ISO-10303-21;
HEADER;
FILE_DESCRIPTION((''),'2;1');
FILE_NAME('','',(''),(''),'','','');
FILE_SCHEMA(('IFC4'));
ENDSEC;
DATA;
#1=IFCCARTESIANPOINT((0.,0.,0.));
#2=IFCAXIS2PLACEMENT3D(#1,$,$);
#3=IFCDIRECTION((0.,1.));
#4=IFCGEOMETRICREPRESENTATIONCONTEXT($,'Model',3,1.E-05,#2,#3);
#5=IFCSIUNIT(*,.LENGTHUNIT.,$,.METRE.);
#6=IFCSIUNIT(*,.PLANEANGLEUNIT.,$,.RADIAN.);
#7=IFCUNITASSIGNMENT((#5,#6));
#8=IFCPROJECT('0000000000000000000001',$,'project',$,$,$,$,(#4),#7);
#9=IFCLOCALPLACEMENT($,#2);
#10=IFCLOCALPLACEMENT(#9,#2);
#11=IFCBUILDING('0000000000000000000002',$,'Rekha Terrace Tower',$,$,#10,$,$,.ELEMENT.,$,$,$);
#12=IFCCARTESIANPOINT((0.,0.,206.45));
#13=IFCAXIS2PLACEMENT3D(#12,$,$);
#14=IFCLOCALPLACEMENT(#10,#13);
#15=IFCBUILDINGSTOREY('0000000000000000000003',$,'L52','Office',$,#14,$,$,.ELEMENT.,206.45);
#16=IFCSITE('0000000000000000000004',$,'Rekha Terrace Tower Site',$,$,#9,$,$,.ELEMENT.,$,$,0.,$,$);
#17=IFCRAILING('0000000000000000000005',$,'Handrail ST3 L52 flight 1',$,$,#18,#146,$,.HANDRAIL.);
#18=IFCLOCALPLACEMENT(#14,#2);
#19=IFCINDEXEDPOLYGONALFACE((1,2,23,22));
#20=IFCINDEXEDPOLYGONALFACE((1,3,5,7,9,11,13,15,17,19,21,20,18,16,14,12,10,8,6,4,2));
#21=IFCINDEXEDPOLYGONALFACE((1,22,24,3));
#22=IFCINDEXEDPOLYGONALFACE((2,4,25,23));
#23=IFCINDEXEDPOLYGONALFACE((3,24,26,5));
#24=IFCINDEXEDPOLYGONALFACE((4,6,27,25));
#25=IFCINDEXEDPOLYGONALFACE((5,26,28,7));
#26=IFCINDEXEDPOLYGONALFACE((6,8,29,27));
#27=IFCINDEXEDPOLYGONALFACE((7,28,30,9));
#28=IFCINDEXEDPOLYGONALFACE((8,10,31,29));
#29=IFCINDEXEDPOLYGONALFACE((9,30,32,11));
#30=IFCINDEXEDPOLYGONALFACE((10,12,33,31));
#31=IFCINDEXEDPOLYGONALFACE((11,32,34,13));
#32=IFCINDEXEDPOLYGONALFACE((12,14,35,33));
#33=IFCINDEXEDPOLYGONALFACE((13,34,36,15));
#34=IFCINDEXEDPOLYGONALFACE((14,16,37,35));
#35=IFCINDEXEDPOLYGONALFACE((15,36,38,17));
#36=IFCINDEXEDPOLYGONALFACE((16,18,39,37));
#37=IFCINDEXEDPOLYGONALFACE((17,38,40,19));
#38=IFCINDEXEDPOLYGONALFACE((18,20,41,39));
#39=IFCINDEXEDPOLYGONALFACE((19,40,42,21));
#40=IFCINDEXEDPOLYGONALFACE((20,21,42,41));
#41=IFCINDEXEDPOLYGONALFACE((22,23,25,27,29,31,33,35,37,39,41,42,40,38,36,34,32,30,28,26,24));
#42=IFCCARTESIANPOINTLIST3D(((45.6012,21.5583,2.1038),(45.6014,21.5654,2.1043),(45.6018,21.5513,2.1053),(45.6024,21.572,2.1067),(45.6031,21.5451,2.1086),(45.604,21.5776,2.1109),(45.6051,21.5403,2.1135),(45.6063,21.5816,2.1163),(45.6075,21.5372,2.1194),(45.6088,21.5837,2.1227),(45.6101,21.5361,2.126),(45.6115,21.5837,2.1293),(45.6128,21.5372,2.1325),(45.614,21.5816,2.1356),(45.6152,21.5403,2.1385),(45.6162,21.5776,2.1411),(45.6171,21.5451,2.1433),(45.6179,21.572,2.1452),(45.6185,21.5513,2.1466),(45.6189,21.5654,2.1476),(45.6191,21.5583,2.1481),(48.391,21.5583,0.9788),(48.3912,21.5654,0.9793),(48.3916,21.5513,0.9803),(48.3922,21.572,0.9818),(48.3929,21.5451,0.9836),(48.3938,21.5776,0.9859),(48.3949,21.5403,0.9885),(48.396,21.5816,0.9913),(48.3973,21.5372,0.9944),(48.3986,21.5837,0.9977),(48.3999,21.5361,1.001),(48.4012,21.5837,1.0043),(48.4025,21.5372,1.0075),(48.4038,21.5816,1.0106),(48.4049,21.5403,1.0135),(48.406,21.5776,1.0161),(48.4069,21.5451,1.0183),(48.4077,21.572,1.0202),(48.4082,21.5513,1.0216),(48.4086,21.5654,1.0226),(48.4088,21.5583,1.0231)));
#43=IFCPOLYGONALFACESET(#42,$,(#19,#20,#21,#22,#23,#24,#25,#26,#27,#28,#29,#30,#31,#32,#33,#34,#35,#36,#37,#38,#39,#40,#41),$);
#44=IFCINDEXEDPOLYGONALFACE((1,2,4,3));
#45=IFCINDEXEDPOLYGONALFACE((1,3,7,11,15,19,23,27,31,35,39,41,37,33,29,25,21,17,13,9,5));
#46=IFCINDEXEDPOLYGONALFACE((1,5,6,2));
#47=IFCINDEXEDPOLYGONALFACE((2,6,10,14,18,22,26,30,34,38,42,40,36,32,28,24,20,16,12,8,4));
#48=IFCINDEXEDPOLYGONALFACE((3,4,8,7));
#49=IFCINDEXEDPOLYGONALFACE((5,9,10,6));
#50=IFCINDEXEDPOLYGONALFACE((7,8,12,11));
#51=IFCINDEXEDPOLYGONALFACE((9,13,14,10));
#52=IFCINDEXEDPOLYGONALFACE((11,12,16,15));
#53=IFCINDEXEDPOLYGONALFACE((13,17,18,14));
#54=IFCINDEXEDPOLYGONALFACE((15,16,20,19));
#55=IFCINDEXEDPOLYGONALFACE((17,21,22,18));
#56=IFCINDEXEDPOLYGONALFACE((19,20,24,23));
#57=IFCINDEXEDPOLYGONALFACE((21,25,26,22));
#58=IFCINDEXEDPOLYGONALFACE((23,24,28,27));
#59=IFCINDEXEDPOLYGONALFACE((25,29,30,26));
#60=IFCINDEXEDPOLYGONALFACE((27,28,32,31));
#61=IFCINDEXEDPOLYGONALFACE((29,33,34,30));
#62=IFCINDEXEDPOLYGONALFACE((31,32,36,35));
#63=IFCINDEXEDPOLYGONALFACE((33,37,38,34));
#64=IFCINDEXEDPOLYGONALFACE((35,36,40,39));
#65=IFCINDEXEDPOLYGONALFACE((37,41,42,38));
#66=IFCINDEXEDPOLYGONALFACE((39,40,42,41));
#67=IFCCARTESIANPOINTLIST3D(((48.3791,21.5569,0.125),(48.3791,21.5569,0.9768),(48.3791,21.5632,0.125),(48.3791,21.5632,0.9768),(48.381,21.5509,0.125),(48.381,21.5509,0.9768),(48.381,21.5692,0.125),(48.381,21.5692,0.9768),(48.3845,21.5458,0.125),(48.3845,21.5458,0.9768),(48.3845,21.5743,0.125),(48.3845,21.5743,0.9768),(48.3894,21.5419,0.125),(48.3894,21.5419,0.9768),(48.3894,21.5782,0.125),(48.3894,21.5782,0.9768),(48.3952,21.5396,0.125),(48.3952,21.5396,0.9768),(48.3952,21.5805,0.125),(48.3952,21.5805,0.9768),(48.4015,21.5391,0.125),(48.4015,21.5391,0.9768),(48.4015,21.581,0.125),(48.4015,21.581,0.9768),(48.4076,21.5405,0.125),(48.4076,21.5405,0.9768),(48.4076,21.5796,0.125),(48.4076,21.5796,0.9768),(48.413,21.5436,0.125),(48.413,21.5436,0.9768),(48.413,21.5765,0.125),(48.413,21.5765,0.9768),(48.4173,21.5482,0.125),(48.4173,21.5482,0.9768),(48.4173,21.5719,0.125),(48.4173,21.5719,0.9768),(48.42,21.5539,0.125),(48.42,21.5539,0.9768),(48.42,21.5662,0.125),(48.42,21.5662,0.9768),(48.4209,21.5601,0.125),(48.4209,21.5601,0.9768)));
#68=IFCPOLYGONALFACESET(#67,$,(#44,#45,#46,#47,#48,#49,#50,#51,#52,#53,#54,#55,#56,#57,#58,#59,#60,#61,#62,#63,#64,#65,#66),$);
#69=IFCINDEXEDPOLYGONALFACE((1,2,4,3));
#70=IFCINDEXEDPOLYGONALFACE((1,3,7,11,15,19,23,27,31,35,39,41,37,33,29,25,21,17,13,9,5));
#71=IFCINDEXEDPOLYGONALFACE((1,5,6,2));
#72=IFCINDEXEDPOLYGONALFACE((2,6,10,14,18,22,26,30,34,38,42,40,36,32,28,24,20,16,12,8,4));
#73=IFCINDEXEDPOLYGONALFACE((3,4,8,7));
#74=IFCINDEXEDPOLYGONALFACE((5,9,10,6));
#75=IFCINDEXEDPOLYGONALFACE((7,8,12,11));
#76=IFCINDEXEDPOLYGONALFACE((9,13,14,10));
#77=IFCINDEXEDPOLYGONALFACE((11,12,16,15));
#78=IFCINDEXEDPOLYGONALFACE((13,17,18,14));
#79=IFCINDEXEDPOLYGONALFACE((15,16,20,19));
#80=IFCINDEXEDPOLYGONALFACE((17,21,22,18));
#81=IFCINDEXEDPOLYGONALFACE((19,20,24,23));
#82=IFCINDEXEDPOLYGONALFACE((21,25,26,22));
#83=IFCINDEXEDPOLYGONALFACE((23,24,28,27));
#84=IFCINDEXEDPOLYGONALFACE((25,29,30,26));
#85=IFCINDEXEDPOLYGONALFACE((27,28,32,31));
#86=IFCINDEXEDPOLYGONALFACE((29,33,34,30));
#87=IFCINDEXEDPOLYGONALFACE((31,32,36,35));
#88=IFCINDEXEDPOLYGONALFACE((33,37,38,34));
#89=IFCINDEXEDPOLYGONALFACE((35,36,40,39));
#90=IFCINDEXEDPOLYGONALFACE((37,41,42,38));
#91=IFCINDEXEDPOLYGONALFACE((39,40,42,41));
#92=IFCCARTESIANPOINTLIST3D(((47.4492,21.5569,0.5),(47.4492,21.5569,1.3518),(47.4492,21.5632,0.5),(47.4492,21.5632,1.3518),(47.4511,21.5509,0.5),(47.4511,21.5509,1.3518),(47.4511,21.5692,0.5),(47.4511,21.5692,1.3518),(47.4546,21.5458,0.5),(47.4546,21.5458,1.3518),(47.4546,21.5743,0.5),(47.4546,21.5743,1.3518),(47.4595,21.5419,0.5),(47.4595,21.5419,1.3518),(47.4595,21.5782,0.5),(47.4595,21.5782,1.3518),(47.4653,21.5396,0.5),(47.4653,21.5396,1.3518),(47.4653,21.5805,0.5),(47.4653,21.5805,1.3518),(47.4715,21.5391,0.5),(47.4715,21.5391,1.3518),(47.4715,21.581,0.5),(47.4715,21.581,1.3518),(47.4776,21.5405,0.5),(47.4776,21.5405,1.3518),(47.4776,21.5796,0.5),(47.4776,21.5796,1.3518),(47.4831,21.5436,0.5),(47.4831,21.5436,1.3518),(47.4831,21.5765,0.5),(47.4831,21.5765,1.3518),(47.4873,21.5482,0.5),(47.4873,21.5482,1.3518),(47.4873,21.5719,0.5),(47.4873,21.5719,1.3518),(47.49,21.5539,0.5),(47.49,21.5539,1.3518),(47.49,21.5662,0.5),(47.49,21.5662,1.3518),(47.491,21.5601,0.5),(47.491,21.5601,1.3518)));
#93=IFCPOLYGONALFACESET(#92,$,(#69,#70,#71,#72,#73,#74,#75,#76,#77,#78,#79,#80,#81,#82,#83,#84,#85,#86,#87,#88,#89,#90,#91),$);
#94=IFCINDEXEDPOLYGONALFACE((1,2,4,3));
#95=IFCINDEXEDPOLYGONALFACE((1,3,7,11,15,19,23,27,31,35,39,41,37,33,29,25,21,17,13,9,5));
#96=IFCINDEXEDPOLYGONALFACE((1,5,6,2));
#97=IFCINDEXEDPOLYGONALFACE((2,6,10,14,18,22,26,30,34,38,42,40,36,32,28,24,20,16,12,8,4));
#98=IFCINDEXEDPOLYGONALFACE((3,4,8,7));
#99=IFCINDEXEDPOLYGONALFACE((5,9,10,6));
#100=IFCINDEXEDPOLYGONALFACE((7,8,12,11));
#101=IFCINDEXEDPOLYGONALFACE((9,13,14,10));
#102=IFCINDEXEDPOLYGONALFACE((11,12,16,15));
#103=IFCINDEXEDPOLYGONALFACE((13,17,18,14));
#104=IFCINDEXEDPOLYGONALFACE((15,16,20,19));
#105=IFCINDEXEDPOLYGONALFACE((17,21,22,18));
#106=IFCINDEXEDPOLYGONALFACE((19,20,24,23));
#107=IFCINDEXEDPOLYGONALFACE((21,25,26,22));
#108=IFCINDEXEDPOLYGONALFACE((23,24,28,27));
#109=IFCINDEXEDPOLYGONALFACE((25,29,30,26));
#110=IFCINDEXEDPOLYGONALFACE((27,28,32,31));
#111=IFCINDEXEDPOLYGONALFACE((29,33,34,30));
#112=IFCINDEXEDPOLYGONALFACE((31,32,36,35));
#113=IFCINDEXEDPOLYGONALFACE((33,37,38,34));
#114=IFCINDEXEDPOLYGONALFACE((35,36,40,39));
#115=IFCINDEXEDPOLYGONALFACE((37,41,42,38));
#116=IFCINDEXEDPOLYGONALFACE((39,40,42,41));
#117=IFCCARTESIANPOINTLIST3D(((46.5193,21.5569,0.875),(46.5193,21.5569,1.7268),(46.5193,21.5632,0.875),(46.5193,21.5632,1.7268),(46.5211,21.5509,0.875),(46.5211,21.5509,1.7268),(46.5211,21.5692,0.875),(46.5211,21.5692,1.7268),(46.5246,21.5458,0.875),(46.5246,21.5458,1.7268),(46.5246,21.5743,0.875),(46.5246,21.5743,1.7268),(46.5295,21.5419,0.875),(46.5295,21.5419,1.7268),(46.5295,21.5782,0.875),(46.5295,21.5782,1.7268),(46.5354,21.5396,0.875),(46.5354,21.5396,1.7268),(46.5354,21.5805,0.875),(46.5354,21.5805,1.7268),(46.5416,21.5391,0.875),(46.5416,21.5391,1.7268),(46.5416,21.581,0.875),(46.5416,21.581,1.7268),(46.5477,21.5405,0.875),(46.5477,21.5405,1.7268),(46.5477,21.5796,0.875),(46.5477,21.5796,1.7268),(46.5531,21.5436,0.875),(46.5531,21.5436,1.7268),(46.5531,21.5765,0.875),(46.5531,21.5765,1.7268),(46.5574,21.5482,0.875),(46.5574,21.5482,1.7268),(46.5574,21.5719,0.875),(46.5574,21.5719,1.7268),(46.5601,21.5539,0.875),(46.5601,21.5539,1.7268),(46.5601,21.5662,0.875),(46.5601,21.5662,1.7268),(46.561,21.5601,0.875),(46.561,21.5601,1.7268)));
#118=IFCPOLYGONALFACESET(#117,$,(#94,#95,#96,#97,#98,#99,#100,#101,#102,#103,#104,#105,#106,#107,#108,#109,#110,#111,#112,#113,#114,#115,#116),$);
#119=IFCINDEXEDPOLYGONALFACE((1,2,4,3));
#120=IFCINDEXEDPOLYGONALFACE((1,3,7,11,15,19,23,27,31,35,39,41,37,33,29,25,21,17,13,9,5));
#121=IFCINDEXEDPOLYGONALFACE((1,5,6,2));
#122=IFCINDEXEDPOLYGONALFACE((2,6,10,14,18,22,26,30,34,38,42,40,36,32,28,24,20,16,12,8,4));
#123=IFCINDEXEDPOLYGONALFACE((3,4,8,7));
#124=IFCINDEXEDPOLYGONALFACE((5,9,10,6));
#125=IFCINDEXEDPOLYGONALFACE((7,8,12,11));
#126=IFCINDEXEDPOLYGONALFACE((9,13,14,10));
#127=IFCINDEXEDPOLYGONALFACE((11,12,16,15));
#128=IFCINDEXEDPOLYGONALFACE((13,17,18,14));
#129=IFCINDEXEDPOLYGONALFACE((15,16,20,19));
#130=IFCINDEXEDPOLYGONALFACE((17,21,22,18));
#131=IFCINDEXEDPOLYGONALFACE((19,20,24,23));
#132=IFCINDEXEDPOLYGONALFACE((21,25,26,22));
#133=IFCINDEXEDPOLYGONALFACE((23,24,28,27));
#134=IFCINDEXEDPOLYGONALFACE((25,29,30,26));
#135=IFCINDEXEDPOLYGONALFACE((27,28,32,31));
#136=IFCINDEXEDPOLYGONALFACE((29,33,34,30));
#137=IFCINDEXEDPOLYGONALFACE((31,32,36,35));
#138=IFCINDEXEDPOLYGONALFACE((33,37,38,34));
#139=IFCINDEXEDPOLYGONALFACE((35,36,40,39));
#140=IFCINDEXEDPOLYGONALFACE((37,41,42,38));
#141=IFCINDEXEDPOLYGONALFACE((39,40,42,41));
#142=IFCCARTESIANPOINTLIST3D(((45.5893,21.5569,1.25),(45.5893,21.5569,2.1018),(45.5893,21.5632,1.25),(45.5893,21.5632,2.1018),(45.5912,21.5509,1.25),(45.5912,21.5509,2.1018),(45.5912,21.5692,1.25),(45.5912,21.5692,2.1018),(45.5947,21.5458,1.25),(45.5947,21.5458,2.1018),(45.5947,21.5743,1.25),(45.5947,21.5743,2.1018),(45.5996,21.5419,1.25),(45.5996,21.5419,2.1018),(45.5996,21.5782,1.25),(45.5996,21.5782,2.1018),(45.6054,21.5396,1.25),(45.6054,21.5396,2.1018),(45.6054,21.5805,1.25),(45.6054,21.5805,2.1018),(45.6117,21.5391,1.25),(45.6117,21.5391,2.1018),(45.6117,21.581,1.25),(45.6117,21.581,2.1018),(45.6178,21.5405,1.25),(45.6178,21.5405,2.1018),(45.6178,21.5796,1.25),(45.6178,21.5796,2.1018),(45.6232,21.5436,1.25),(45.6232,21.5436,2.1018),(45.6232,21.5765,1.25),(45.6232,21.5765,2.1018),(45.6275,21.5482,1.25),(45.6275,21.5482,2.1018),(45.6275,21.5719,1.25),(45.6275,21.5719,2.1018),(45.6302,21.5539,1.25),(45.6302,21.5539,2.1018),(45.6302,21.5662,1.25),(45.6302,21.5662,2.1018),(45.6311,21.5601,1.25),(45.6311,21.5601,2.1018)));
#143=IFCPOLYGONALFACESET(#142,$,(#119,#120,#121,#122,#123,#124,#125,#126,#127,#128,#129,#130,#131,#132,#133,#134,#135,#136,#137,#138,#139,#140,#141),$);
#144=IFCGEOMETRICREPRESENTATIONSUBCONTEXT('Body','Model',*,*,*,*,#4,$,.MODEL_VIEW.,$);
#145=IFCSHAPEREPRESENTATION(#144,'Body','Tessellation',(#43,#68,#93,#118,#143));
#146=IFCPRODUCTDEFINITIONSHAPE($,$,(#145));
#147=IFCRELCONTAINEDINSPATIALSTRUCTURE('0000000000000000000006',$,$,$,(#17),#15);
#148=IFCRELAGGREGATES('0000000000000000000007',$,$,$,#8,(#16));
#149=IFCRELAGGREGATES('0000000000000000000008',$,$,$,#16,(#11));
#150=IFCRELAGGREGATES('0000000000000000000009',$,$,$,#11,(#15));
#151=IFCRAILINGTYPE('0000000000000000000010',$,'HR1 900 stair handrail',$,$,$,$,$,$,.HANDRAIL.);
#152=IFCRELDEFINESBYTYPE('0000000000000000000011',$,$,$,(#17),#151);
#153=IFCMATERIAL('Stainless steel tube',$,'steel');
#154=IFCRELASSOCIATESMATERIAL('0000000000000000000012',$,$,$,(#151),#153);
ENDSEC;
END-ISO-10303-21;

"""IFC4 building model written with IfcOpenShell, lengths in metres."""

from ifc_helpers import new_model, si_unit, direction, frame, origin, origin_2d, place, context, subcontext, project, spatial, circle, extrude, material, type_object, element, save


model = new_model("IFC4")

# Units and contexts
model_context = context("Model", 3, precision=1e-05, world=origin(), true_north=direction((0.0, 1.0)))
body_context = subcontext(model_context, "Body", "Model", "MODEL_VIEW")
ifc_project = project(units=[si_unit("LENGTHUNIT", "METRE"), si_unit("PLANEANGLEUNIT", "RADIAN")], contexts=[model_context])

# Site, building, storey
site_placement = place(None, origin())
site = spatial("IfcSite", under=ifc_project, at=site_placement, Name="Rekha Terrace Tower Site", CompositionType="ELEMENT", RefElevation=0.0)
building_placement = place(site_placement, origin())
building = spatial("IfcBuilding", under=site, at=building_placement, Name="Rekha Terrace Tower", CompositionType="ELEMENT")
storey_placement = place(building_placement, frame((0.0, 0.0, 206.45)))
storey = spatial("IfcBuildingStorey", under=building, at=storey_placement, Name="L52", Description="Office", CompositionType="ELEMENT", Elevation=206.45)

# Railing
ifc_material_1 = material(Name="Stainless steel tube", Category="steel")
railing_type_1 = type_object("IfcRailingType", Name="HR1 900 stair handrail", PredefinedType="HANDRAIL", material=ifc_material_1)
railing_1_placement = place(storey_placement, frame((48.3999, 21.5601, 0.125)))
element("IfcRailing", 1, at=railing_1_placement, inside=storey, type_object=railing_type_1, Name="Handrail ST3 L52 flight 1", PredefinedType="HANDRAIL", context=body_context, shape_type="SweptSolid", body=[
    extrude(circle(Radius=0.0239, at=origin_2d()), frame((0.0, 0.0, 0.876), z_axis=(-0.927432, 0.0, 0.373992), x_axis=(0.0, -1.0, 0.0)), (0.0, 0.0, 1.0), 3.0081),
    extrude(circle(Radius=0.021, at=origin_2d()), origin(), (0.0, 0.0, 1.0), 0.8518),
    extrude(circle(Radius=0.021, at=origin_2d()), frame((-0.9299, 0.0, 0.375)), (0.0, 0.0, 1.0), 0.8518),
    extrude(circle(Radius=0.021, at=origin_2d()), frame((-1.8599, 0.0, 0.75)), (0.0, 0.0, 1.0), 0.8518),
    extrude(circle(Radius=0.021, at=origin_2d()), frame((-2.7898, 0.0, 1.125)), (0.0, 0.0, 1.0), 0.8518),
])

save(model, "model.ifc")
